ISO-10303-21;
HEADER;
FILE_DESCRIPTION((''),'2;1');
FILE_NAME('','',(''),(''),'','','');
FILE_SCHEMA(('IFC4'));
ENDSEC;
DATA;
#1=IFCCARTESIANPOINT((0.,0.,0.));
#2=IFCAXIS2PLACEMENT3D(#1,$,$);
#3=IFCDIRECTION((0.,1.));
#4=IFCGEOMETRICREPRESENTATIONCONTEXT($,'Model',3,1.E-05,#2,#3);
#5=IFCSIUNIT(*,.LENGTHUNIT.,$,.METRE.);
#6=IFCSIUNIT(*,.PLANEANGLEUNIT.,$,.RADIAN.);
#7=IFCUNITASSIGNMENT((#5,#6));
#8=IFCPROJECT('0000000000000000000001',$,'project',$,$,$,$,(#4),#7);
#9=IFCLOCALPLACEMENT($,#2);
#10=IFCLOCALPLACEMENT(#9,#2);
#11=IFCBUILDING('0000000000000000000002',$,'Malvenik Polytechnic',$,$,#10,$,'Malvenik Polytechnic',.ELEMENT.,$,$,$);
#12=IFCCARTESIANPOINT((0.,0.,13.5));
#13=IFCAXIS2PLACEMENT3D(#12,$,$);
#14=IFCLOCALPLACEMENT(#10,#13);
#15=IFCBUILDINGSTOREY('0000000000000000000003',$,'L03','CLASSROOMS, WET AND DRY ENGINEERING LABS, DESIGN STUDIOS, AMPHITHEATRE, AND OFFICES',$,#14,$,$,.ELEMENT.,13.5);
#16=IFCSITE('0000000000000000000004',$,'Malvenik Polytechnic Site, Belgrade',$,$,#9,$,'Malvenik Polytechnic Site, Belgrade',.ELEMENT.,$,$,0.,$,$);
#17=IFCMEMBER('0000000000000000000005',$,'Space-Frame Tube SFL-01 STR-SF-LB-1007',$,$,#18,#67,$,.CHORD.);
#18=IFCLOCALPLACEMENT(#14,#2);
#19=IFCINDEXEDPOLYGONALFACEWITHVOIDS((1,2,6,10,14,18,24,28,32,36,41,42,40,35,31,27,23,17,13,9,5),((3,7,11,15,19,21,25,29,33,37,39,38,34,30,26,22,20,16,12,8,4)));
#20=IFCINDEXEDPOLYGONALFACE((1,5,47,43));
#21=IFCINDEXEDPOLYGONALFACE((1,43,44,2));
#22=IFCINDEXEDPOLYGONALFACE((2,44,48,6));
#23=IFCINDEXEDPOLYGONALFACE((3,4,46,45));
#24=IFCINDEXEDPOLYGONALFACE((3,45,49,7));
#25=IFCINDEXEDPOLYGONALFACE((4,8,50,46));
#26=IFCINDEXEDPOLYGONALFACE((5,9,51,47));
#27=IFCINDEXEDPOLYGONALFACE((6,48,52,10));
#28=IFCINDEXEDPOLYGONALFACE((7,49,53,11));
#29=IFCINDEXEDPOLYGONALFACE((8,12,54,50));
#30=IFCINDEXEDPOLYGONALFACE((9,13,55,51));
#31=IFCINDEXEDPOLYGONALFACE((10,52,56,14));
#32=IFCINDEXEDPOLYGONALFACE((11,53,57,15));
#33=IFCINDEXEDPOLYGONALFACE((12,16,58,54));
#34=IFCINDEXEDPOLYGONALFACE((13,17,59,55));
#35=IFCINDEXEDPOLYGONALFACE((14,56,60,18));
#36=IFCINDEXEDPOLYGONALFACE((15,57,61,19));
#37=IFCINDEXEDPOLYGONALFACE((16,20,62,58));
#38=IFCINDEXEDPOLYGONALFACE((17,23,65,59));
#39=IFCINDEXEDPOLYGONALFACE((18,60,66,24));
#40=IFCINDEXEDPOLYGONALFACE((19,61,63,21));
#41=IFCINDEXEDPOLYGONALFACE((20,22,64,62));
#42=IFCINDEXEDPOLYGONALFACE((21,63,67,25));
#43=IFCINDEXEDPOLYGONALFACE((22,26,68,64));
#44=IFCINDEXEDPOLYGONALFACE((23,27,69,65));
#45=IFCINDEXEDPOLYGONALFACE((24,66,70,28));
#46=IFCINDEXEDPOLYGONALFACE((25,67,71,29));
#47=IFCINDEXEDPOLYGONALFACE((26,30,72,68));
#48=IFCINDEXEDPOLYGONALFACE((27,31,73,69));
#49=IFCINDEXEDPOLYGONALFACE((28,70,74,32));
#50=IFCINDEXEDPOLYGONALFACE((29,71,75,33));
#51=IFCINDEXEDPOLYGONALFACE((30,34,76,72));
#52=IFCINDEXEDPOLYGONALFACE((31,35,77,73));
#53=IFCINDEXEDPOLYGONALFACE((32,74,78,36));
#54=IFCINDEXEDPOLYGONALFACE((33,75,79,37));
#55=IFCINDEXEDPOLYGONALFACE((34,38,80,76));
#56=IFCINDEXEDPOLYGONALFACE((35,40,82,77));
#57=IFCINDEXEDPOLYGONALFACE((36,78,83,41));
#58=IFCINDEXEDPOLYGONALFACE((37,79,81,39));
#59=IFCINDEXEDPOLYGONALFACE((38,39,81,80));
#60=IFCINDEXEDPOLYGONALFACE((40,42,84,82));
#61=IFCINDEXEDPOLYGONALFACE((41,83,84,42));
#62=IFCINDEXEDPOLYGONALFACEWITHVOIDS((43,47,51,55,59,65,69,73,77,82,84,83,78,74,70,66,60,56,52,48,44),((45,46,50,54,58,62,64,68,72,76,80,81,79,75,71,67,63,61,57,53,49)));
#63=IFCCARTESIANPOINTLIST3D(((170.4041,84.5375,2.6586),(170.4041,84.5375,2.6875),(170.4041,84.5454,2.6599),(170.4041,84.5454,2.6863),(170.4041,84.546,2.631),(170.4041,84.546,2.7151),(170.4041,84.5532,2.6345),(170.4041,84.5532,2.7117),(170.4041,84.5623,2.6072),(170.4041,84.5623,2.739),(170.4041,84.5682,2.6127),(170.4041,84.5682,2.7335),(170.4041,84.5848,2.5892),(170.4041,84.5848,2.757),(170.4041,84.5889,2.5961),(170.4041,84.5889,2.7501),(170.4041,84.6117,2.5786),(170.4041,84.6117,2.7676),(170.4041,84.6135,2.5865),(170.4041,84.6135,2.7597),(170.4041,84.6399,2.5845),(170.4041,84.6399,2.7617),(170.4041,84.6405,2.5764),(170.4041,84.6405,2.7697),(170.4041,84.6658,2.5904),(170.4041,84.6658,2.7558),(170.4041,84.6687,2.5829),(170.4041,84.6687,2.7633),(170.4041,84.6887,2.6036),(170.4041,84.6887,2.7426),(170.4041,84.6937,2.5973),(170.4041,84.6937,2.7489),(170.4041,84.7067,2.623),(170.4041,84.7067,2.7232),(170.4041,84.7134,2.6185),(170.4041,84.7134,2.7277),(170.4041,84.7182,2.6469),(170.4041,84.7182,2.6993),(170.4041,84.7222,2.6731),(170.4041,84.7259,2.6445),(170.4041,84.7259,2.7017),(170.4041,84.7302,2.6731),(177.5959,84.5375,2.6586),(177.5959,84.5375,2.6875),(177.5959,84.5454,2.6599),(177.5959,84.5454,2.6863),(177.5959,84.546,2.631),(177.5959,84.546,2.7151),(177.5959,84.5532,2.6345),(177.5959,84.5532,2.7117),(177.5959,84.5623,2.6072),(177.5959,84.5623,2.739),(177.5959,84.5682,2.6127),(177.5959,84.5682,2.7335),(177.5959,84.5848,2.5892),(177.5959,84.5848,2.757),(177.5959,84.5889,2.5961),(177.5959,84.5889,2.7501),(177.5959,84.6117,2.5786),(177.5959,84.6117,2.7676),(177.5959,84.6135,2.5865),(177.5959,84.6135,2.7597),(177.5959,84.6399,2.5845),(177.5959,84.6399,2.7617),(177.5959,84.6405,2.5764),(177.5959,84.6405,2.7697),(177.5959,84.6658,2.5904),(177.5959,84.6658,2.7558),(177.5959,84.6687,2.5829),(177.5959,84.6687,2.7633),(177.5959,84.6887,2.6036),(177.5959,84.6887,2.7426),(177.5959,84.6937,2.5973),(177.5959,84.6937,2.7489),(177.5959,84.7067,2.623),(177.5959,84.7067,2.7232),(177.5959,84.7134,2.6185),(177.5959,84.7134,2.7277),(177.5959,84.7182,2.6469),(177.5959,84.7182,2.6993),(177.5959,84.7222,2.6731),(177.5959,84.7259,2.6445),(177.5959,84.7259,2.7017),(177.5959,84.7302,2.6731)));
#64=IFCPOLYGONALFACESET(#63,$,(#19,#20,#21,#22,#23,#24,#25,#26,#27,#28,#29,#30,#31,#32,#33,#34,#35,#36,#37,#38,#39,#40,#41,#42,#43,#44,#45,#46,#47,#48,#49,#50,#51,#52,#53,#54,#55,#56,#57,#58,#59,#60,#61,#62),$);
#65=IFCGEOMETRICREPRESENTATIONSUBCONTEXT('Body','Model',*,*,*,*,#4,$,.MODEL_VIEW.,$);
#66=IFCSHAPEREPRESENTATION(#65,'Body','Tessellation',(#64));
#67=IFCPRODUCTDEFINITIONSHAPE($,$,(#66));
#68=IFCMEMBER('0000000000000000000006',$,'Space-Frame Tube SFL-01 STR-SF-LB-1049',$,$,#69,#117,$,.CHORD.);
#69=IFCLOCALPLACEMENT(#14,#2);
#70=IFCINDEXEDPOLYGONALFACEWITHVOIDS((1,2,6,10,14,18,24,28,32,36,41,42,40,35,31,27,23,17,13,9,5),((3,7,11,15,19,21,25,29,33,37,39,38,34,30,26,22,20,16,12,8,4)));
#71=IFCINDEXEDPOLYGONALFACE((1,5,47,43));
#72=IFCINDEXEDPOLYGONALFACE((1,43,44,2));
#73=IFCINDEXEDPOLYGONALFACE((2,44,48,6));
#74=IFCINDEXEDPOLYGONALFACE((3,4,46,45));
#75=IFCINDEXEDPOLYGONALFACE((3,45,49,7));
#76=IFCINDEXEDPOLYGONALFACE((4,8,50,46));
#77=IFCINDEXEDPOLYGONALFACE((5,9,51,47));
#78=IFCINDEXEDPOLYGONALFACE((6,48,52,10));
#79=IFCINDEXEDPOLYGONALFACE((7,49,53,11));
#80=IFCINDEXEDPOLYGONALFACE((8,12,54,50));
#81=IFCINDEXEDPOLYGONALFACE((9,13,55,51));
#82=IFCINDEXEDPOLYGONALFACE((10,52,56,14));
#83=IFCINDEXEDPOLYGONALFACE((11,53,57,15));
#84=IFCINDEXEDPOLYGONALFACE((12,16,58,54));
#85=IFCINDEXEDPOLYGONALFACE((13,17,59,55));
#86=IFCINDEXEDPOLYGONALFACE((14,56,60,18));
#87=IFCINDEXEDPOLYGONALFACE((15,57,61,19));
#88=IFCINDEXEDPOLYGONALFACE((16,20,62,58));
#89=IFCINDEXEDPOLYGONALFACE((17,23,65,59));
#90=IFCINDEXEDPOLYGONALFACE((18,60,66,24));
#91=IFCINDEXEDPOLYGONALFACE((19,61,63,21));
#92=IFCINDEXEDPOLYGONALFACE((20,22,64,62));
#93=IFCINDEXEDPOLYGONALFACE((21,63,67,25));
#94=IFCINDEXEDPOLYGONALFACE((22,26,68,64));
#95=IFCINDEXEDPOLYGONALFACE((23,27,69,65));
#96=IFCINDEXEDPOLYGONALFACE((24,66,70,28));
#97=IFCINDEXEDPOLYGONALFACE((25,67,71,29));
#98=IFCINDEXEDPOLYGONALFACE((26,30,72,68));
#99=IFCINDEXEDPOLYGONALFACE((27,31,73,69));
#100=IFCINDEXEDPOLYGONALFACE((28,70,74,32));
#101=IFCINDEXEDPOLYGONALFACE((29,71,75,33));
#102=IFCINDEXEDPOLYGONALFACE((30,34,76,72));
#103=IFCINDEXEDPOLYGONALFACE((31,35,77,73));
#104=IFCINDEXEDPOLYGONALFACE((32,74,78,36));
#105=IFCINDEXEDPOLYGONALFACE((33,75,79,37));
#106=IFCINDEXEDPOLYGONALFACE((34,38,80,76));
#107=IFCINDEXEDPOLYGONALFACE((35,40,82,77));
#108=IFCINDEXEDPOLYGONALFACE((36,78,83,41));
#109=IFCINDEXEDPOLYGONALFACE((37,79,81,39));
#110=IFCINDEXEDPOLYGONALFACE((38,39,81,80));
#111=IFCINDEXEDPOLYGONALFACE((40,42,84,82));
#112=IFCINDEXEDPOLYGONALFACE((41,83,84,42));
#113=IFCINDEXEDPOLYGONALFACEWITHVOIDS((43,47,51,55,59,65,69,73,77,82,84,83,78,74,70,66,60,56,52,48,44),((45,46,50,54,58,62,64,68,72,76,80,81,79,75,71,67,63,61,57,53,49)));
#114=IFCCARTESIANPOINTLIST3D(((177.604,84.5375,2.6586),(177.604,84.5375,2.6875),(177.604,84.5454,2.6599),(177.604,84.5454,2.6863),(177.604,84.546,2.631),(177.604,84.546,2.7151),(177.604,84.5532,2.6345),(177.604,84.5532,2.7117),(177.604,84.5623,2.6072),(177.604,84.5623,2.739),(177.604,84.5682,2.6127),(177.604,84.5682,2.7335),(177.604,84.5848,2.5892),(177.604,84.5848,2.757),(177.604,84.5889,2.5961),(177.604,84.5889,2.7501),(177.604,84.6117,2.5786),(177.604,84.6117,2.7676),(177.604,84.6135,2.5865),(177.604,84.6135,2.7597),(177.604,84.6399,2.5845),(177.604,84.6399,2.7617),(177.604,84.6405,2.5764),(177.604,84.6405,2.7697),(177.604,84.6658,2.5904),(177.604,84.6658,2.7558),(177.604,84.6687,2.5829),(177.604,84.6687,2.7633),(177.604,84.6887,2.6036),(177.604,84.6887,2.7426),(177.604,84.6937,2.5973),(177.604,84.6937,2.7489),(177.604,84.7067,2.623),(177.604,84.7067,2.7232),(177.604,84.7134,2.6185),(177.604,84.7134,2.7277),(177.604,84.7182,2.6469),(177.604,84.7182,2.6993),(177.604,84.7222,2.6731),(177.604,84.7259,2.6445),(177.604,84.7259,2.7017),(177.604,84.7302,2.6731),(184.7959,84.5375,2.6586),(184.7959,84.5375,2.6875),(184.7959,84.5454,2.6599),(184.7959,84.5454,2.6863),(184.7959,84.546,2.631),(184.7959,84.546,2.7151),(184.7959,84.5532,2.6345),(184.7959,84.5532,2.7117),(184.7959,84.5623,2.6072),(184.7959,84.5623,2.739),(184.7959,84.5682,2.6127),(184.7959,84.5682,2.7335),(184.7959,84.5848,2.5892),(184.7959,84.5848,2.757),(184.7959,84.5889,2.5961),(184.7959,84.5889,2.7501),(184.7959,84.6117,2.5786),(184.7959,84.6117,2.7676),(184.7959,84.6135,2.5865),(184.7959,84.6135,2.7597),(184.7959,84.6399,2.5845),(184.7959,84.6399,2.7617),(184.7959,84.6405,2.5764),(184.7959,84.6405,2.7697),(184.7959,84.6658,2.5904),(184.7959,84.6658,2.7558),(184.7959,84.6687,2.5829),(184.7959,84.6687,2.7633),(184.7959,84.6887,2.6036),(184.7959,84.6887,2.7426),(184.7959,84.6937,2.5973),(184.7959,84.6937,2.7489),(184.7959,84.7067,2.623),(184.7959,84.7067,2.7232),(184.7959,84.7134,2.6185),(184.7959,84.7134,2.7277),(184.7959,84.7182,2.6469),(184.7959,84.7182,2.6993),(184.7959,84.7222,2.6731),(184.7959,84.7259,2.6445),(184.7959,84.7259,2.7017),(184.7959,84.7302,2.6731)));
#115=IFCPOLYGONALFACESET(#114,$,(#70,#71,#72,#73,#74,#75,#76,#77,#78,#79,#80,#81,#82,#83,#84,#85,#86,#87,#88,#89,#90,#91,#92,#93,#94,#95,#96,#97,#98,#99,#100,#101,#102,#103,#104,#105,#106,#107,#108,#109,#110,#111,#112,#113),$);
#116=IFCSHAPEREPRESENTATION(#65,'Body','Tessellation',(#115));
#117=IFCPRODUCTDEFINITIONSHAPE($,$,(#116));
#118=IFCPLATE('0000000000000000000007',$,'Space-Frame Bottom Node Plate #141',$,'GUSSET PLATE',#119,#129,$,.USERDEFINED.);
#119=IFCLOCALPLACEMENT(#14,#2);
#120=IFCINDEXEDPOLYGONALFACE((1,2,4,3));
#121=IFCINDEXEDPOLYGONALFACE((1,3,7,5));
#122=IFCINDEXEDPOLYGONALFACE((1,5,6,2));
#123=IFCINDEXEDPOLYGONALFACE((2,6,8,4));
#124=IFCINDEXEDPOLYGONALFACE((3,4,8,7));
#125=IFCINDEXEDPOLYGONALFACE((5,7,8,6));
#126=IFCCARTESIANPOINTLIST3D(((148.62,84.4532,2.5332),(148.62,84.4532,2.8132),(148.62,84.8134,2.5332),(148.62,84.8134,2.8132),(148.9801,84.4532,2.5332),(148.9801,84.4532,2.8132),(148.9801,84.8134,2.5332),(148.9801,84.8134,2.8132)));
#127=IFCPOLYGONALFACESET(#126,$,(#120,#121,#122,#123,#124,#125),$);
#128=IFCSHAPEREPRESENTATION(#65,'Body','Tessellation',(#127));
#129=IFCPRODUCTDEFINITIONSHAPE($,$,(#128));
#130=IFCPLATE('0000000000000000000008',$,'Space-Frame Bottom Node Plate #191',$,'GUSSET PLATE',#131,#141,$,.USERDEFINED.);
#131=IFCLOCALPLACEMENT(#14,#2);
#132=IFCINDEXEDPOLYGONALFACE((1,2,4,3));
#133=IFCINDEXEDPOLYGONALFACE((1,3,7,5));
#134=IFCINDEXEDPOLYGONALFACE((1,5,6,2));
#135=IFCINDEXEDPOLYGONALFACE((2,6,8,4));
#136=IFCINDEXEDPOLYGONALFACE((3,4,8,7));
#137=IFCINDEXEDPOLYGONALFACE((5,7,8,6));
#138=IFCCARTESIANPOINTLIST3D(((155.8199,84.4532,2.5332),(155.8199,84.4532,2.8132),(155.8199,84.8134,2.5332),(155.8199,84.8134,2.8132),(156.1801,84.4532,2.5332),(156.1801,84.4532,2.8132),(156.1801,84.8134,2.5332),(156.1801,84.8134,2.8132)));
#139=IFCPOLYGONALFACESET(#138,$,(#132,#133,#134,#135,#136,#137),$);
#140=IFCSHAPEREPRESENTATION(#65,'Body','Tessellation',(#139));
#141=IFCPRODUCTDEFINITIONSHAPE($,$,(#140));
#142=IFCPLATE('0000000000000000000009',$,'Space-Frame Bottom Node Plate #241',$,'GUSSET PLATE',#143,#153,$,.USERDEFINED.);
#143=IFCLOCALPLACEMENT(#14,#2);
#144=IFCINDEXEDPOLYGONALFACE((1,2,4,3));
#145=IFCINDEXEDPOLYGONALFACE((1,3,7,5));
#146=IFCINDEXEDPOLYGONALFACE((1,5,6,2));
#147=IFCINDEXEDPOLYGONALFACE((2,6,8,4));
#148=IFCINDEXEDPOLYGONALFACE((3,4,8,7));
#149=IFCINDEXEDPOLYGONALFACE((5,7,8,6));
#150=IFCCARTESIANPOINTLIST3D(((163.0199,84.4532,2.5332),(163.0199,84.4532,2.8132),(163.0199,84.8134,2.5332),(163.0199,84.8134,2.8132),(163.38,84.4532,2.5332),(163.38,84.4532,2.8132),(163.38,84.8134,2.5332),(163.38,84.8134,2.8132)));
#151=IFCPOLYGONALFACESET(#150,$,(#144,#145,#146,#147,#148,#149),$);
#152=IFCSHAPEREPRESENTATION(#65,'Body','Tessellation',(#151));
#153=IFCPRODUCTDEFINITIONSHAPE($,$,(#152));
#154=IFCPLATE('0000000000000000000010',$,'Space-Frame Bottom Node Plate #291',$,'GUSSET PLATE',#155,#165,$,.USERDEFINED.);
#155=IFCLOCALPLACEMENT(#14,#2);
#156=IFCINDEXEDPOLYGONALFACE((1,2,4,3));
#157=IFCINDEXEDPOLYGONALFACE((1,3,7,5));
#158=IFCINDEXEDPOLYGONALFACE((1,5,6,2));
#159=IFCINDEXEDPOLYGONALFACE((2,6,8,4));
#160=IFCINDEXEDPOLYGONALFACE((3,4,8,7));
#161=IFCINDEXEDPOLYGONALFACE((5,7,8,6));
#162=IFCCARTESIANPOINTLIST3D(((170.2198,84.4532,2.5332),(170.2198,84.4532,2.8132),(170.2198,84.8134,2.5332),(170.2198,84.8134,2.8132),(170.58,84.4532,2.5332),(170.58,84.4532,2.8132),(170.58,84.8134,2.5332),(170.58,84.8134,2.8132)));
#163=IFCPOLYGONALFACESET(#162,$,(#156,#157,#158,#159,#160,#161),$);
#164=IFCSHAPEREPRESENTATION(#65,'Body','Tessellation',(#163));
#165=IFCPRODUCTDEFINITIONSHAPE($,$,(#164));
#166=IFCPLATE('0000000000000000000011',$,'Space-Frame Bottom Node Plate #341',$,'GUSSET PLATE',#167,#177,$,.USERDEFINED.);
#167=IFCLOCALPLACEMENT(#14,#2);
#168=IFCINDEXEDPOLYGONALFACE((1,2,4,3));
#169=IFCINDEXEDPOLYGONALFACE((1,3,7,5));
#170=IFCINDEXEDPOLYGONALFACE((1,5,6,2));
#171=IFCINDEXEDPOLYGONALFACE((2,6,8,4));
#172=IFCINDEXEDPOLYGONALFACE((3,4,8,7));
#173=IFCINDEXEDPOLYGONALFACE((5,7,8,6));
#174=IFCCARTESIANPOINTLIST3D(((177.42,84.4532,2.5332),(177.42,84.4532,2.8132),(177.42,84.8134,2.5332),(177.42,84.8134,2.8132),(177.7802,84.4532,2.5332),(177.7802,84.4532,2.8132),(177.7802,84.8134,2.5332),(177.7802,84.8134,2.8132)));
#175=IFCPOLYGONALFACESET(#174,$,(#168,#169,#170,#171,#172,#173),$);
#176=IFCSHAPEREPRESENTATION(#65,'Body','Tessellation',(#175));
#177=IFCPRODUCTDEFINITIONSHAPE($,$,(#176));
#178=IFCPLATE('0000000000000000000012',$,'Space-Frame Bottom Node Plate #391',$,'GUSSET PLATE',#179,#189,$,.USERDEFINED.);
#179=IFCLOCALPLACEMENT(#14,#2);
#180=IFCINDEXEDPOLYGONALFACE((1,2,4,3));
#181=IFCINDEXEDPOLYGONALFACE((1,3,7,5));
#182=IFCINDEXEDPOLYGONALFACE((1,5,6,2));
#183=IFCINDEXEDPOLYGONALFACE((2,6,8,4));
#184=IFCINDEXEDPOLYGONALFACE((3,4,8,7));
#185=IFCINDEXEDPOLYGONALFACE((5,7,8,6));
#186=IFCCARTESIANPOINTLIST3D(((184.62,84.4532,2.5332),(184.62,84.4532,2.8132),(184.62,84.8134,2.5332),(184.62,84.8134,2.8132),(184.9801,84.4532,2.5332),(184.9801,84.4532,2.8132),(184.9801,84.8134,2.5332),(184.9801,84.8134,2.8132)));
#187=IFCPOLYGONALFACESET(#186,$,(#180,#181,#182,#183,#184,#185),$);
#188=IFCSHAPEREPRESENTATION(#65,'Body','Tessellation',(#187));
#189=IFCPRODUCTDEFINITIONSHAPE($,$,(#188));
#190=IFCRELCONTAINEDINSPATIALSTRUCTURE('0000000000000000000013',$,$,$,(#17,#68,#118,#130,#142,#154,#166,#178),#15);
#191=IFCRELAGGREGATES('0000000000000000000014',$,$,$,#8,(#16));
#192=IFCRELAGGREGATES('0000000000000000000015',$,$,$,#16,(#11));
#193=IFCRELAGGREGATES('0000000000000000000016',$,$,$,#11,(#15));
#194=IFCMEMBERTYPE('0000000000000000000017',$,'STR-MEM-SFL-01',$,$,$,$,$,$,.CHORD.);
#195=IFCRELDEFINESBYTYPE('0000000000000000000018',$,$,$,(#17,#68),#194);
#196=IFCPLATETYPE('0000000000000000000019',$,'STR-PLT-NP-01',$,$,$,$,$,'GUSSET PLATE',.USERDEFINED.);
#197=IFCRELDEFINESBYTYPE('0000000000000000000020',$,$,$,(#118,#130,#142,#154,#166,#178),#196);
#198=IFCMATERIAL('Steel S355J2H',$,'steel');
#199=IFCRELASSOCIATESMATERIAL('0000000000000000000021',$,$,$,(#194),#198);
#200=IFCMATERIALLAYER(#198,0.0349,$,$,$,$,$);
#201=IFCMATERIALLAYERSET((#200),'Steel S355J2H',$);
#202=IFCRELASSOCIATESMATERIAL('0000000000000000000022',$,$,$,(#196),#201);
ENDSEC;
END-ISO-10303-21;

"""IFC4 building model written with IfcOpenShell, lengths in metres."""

from ifc_helpers import new_model, si_unit, direction, frame, origin, origin_2d, place, context, subcontext, project, spatial, rectangle, hollow_circle, extrude, material, layer, layer_set, material_profile, profile_set, type_object, element, save


model = new_model("IFC4")

# Units and contexts
model_context = context("Model", 3, precision=1e-05, world=origin(), true_north=direction((0.0, 1.0)))
body_context = subcontext(model_context, "Body", "Model", "MODEL_VIEW")
ifc_project = project(units=[si_unit("LENGTHUNIT", "METRE"), si_unit("PLANEANGLEUNIT", "RADIAN")], contexts=[model_context])

# Site, building, storey
site_placement = place(None, origin())
site = spatial("IfcSite", under=ifc_project, at=site_placement, Name="Malvenik Polytechnic Site, Belgrade", LongName="Malvenik Polytechnic Site, Belgrade", CompositionType="ELEMENT", RefElevation=0.0)
building_placement = place(site_placement, origin())
building = spatial("IfcBuilding", under=site, at=building_placement, Name="Malvenik Polytechnic", LongName="Malvenik Polytechnic", CompositionType="ELEMENT")
storey_placement = place(building_placement, frame((0.0, 0.0, 13.5)))
storey = spatial("IfcBuildingStorey", under=building, at=storey_placement, Name="L03", Description="CLASSROOMS, WET AND DRY ENGINEERING LABS, DESIGN STUDIOS, AMPHITHEATRE, AND OFFICES", CompositionType="ELEMENT", Elevation=13.5)

# Members
ifc_material = material(Name="Steel S355J2H", Category="steel")
ifc_material_profile_1 = material_profile(ifc_material, hollow_circle(Radius=0.0969, WallThickness=0.0081, at=origin_2d()), Name="CHS 193.7x8.0")
ifc_profile_set_1 = profile_set([ifc_material_profile_1], Name="Steel S355J2H")
member_type_1 = type_object("IfcMemberType", Name="STR-MEM-SFL-01", PredefinedType="CHORD", material=ifc_profile_set_1)
for number, where, z_axis, x_axis, name in (
    (1, (170.4041, 84.6333, 2.6731), (1.0, 0.0, 0.0), (0.0, 1.0, 0.0), "Space-Frame Tube SFL-01 STR-SF-LB-1007"),
    (2, (177.604, 84.6333, 2.6731), (1.0, 0.0, 0.0), (0.0, 1.0, 0.0), "Space-Frame Tube SFL-01 STR-SF-LB-1049"),
):
    element("IfcMember", number, at=place(storey_placement, frame(where, z_axis=z_axis, x_axis=x_axis)), inside=storey, type_object=member_type_1, Name=name, PredefinedType="CHORD", context=body_context, shape_type="SweptSolid", body=[
        extrude(hollow_circle(Radius=0.0969, WallThickness=0.0081, at=origin_2d()), origin(), (0.0, 0.0, 1.0), 7.1919),
    ])

# Plates
ifc_layer = layer(ifc_material, 0.0349)
ifc_layer_set = layer_set([ifc_layer], Name="Steel S355J2H")
plate_type = type_object("IfcPlateType", Name="STR-PLT-NP-01", ElementType="GUSSET PLATE", PredefinedType="USERDEFINED", material=ifc_layer_set)
for number, where, z_axis, x_axis, name in (
    (3, (148.8, 84.6333, 2.5332), (0.0, 0.0, 1.0), (1.0, 0.0, 0.0), "Space-Frame Bottom Node Plate #141"),
    (4, (156.0, 84.6333, 2.5332), (0.0, 0.0, 1.0), (1.0, 0.0, 0.0), "Space-Frame Bottom Node Plate #191"),
    (5, (163.2, 84.6333, 2.5332), (0.0, 0.0, 1.0), (1.0, 0.0, 0.0), "Space-Frame Bottom Node Plate #241"),
    (6, (170.3999, 84.6333, 2.5332), (0.0, 0.0, 1.0), (1.0, 0.0, 0.0), "Space-Frame Bottom Node Plate #291"),
    (7, (177.6001, 84.6333, 2.5332), (0.0, 0.0, 1.0), (1.0, 0.0, 0.0), "Space-Frame Bottom Node Plate #341"),
    (8, (184.8, 84.6333, 2.5332), (0.0, 0.0, 1.0), (1.0, 0.0, 0.0), "Space-Frame Bottom Node Plate #391"),
):
    element("IfcPlate", number, at=place(storey_placement, frame(where, z_axis=z_axis, x_axis=x_axis)), inside=storey, type_object=plate_type, Name=name, ObjectType="GUSSET PLATE", PredefinedType="USERDEFINED", context=body_context, shape_type="SweptSolid", body=[
        extrude(rectangle(XDim=0.3601, YDim=0.3601, at=origin_2d()), origin(), (0.0, 0.0, 1.0), 0.28),
    ])

save(model, "model.ifc")
